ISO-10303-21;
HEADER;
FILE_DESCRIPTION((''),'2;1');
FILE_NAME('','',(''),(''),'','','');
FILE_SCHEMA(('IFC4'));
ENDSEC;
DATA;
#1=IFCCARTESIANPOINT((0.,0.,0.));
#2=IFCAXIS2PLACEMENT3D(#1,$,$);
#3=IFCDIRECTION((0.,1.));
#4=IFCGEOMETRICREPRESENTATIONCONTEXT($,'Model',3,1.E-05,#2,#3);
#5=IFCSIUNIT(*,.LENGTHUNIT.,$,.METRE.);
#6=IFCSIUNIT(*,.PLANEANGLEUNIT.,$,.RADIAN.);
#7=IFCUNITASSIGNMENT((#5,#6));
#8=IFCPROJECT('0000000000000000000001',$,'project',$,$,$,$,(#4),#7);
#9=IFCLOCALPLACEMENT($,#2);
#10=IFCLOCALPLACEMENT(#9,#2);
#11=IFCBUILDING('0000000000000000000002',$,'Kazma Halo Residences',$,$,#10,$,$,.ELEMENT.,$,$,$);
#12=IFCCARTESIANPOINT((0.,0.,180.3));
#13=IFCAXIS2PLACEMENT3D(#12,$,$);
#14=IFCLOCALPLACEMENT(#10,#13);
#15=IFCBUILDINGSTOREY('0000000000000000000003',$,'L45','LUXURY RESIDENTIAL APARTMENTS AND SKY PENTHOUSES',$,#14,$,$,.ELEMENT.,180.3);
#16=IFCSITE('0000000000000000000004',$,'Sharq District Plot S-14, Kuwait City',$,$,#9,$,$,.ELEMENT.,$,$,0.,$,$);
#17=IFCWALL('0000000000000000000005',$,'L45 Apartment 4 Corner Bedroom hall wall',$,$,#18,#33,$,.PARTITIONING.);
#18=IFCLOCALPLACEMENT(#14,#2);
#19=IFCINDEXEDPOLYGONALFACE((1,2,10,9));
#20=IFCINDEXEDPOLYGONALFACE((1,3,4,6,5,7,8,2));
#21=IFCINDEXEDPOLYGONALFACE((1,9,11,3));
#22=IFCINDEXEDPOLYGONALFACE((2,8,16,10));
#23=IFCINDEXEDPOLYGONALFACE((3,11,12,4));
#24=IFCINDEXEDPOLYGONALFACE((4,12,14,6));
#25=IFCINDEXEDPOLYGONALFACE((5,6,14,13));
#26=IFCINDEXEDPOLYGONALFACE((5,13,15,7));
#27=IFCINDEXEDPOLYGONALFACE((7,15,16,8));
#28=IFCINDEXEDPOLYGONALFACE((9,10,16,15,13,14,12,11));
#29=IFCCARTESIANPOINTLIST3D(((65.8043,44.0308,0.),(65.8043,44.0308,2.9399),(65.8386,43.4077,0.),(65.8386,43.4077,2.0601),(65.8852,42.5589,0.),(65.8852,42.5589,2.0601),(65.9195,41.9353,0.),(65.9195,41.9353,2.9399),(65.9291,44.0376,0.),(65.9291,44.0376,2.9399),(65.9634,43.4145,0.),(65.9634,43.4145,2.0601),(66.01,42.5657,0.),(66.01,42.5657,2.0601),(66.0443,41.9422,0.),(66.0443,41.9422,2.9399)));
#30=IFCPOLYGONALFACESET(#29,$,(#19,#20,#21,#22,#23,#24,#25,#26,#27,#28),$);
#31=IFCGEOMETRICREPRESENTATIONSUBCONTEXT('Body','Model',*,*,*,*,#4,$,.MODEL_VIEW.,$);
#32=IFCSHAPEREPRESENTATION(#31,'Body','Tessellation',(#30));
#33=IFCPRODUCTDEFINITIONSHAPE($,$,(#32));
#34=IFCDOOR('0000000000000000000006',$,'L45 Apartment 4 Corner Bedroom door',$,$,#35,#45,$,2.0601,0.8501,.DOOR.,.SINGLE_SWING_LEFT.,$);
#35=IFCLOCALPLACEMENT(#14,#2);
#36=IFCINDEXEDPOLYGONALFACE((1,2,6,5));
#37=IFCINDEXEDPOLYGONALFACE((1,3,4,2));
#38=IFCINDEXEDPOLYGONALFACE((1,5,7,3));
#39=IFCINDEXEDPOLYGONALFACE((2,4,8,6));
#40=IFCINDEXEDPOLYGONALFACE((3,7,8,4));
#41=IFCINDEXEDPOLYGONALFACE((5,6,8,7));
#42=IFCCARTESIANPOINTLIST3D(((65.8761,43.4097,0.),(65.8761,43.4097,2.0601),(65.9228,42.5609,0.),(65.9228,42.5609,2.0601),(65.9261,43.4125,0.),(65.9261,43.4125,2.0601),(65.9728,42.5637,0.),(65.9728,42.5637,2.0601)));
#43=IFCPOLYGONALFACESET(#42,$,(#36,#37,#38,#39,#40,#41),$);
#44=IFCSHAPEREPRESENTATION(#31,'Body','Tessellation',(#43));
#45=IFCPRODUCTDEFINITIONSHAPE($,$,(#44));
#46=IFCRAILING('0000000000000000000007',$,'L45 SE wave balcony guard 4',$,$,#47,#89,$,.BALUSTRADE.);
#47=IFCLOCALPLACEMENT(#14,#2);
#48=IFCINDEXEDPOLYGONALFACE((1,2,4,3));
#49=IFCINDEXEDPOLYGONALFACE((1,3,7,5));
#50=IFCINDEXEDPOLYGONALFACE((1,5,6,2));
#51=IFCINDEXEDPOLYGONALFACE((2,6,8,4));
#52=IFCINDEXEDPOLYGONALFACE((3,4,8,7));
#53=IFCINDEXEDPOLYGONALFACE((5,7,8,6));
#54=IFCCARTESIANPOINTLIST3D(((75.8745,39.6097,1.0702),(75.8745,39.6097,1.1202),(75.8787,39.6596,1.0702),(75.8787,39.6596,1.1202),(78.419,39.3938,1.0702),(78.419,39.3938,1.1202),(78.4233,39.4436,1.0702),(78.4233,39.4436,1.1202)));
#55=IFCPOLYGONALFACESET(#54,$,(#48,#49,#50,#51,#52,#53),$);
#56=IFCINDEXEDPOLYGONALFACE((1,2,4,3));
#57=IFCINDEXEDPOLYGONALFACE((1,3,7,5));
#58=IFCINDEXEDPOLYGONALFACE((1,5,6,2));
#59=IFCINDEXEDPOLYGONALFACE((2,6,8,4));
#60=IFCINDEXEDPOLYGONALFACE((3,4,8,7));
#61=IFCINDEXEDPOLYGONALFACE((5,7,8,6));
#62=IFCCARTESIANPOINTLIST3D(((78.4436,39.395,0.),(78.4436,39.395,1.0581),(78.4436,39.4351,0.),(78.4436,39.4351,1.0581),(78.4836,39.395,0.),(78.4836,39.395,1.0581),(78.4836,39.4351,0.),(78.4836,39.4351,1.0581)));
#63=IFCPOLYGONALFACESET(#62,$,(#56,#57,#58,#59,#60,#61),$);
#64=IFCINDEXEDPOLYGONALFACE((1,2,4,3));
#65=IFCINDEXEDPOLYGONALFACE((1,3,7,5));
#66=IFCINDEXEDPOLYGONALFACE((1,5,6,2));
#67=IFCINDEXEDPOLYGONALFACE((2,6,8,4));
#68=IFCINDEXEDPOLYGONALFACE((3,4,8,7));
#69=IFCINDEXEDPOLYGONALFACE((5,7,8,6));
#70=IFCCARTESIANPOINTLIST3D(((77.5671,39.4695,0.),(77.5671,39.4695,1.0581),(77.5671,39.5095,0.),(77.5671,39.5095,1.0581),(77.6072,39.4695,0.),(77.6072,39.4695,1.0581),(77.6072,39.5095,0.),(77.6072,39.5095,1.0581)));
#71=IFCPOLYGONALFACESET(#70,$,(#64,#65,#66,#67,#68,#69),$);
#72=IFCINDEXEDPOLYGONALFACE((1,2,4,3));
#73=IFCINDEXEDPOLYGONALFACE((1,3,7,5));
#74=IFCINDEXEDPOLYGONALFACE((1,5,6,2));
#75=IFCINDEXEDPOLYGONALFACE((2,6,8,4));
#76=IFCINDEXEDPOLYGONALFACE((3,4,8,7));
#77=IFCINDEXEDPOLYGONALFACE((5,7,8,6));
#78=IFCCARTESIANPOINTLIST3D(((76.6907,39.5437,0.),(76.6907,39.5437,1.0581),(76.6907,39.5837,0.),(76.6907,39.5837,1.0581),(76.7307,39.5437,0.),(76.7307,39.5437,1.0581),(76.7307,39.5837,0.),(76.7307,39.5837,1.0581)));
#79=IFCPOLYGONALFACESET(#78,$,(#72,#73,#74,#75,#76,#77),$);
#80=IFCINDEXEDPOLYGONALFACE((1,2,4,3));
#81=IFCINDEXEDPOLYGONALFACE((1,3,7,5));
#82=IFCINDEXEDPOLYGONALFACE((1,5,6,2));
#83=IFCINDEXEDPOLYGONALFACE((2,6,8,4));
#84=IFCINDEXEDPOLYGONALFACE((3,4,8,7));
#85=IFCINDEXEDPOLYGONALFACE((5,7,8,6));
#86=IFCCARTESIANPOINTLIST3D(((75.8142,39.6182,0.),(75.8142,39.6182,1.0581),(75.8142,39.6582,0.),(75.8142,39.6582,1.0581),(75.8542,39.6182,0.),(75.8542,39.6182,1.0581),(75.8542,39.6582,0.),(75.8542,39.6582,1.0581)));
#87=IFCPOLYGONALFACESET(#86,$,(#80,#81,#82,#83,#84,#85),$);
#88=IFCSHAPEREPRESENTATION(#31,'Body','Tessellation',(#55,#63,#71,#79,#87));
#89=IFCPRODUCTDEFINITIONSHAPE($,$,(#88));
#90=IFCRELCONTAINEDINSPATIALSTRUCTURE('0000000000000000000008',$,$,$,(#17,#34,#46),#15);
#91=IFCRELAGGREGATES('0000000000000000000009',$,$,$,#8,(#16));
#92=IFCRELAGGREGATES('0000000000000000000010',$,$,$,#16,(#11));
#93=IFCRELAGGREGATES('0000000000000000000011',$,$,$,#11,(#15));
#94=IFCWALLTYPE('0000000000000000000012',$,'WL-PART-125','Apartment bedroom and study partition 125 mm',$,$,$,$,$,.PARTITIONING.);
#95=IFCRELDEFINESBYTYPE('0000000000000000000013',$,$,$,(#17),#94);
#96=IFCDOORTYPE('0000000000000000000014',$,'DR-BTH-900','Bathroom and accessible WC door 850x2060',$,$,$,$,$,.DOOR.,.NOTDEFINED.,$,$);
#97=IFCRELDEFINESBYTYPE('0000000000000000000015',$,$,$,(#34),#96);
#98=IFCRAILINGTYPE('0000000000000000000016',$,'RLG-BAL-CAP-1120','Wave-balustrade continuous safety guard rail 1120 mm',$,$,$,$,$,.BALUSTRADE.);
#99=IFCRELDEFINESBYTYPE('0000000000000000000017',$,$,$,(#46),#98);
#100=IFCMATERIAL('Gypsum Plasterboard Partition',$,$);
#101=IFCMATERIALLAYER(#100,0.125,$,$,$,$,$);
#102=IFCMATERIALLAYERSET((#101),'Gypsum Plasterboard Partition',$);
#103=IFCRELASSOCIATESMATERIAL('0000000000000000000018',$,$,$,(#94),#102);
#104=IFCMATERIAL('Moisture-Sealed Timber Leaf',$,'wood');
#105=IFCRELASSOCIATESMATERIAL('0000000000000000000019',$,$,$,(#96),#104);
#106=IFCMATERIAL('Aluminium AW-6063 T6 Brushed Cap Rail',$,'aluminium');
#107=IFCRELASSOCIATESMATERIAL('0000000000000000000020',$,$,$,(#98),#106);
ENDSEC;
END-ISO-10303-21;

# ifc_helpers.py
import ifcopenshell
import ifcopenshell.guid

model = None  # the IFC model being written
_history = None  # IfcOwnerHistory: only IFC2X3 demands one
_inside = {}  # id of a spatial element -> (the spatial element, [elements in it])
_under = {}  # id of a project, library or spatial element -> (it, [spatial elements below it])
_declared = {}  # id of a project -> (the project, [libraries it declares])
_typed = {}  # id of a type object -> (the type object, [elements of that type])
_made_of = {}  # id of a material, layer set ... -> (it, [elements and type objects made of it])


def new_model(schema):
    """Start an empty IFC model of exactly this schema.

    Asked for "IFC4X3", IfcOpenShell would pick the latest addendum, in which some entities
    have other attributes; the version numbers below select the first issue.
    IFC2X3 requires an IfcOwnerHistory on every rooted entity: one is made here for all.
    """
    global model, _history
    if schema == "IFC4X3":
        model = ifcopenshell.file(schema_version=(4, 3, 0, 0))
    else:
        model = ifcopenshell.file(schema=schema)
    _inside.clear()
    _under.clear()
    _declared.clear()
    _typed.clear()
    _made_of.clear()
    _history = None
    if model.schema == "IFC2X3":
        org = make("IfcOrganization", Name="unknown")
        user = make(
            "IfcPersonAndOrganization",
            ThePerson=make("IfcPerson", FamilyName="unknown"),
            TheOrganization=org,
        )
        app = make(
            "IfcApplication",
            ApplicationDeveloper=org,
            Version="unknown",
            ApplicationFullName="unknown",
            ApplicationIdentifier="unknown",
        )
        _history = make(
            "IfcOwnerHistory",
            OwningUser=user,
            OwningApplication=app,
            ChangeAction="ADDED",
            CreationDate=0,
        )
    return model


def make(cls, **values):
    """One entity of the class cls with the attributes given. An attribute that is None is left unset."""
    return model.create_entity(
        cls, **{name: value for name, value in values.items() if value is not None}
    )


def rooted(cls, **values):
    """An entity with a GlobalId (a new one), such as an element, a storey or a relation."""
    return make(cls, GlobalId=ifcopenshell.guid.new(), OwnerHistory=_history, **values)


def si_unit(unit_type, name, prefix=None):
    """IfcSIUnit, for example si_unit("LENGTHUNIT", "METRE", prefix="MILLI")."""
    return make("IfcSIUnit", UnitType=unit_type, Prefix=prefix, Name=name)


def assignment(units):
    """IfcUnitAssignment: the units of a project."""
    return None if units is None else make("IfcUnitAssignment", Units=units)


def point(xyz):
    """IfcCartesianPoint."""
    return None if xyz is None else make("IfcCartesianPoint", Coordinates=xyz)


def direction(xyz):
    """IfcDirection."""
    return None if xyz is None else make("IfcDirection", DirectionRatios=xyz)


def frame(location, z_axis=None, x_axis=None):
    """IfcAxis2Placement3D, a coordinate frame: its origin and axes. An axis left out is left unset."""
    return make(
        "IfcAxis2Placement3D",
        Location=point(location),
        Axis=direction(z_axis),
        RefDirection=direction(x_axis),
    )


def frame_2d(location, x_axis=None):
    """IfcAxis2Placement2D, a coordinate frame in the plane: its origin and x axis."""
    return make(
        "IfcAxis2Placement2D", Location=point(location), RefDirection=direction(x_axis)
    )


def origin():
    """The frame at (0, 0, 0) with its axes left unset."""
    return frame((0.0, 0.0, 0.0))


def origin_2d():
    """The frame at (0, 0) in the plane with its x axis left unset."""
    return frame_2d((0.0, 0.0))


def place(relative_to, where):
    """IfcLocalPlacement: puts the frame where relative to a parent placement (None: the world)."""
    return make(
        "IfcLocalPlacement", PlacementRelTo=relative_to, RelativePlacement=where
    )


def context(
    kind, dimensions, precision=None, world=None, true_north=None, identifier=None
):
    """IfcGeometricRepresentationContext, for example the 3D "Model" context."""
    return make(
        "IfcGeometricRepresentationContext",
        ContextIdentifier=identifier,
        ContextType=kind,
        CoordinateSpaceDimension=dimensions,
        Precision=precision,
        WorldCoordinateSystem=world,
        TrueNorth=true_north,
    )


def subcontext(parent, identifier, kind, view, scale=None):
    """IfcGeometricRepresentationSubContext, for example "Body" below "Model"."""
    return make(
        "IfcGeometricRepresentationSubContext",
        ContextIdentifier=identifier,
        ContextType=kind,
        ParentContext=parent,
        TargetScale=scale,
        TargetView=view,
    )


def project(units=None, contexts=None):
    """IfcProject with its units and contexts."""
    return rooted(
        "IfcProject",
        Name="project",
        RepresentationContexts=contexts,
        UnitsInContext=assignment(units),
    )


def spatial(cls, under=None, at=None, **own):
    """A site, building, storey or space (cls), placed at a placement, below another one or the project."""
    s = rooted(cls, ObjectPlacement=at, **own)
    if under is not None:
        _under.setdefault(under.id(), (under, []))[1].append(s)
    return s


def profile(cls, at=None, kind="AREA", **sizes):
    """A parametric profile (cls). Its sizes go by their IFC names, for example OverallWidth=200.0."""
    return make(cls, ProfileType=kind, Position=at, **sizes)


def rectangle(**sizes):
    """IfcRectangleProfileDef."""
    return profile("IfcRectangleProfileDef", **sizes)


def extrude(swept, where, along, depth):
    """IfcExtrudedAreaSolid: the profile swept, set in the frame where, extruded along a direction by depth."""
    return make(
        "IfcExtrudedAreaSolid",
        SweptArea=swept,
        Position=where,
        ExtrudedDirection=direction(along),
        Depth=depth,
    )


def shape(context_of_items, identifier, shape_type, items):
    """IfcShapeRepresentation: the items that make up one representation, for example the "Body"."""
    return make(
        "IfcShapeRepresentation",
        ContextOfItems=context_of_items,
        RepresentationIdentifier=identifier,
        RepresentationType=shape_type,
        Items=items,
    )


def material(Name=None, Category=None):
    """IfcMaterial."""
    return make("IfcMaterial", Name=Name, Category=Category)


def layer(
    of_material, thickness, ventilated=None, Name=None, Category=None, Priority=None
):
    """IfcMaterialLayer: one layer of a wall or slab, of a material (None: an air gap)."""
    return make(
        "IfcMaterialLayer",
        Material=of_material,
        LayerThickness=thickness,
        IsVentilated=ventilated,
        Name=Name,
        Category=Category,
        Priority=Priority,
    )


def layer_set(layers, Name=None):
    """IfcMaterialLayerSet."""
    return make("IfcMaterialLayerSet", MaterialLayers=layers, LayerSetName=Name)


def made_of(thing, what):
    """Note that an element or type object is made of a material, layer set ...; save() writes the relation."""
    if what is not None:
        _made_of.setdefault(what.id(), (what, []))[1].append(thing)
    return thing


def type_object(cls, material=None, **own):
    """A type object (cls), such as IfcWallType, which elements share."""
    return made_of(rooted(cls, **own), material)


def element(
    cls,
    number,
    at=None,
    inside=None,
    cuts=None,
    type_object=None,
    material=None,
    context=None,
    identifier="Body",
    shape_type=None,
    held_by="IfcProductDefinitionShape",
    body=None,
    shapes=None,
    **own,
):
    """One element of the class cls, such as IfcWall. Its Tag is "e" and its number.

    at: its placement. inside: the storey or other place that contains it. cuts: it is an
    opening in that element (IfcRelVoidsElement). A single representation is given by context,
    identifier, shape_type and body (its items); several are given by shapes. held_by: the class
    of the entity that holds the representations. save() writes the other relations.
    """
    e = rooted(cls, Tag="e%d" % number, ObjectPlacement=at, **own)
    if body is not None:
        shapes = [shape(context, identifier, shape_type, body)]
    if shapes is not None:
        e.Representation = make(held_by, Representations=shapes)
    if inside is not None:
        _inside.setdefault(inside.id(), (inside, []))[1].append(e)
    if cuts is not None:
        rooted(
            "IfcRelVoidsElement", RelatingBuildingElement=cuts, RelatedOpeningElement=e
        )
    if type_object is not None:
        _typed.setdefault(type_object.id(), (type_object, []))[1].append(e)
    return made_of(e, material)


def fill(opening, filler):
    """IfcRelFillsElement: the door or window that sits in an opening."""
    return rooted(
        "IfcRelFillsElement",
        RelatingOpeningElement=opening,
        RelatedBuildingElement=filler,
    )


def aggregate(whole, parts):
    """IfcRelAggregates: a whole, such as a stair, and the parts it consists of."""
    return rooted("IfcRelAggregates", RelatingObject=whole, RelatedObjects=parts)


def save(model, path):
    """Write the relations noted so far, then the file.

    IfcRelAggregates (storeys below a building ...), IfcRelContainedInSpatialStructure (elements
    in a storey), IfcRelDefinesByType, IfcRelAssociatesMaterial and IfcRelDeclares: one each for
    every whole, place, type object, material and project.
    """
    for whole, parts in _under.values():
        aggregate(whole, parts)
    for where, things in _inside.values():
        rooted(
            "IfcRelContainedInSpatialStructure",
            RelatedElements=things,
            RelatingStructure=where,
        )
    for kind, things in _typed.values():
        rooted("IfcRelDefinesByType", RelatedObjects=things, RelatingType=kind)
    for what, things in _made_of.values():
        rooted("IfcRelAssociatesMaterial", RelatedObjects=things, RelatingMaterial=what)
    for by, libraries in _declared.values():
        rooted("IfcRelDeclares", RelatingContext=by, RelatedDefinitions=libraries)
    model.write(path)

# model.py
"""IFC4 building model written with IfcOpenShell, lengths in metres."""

from ifc_helpers import new_model, si_unit, direction, frame, frame_2d, origin, origin_2d, place, context, subcontext, project, spatial, rectangle, extrude, material, layer, layer_set, type_object, element, fill, save


model = new_model("IFC4")

# Units and contexts
model_context = context("Model", 3, precision=1e-05, world=origin(), true_north=direction((0.0, 1.0)))
body_context = subcontext(model_context, "Body", "Model", "MODEL_VIEW")
ifc_project = project(units=[si_unit("LENGTHUNIT", "METRE"), si_unit("PLANEANGLEUNIT", "RADIAN")], contexts=[model_context])

# Site, building, storey
site_placement = place(None, origin())
site = spatial("IfcSite", under=ifc_project, at=site_placement, Name="Sharq District Plot S-14, Kuwait City", CompositionType="ELEMENT", RefElevation=0.0)
building_placement = place(site_placement, origin())
building = spatial("IfcBuilding", under=site, at=building_placement, Name="Kazma Halo Residences", CompositionType="ELEMENT")
storey_placement = place(building_placement, frame((0.0, 0.0, 180.3)))
storey = spatial("IfcBuildingStorey", under=building, at=storey_placement, Name="L45", Description="LUXURY RESIDENTIAL APARTMENTS AND SKY PENTHOUSES", CompositionType="ELEMENT", Elevation=180.3)

# Shared definitions
ifc_material_1 = material(Name="Gypsum Plasterboard Partition")
ifc_layer_1 = layer(ifc_material_1, 0.125)
ifc_layer_set_1 = layer_set([ifc_layer_1], Name="Gypsum Plasterboard Partition")
wall_type_1 = type_object("IfcWallType", Name="WL-PART-125", Description="Apartment bedroom and study partition 125 mm", PredefinedType="PARTITIONING", material=ifc_layer_set_1)

# Wall, opening, door
ifc_material_2 = material(Name="Moisture-Sealed Timber Leaf", Category="wood")
door_type = type_object("IfcDoorType", Name="DR-BTH-900", Description="Bathroom and accessible WC door 850x2060", OperationType="NOTDEFINED", PredefinedType="DOOR", material=ifc_material_2)
wall_1_placement = place(storey_placement, frame((65.9819, 41.9387, 0.0), z_axis=(0.0, 0.0, 1.0), x_axis=(-0.054909, 0.998491, 0.0)))
wall_1 = element("IfcWall", 1, at=wall_1_placement, inside=storey, type_object=wall_type_1, Name="L45 Apartment 4 Corner Bedroom hall wall", PredefinedType="PARTITIONING", context=body_context, shape_type="SweptSolid", body=[
    extrude(rectangle(XDim=2.0986, YDim=0.125, at=frame_2d((1.0493, 0.0))), origin(), (0.0, 0.0, 1.0), 2.9399),
])
opening_1_placement = place(wall_1_placement, frame((0.6245, 0.0, 0.0)))
opening_1 = element("IfcOpeningElement", 2, at=opening_1_placement, cuts=wall_1, PredefinedType="OPENING", context=body_context, shape_type="SweptSolid", body=[
    extrude(rectangle(XDim=0.8501, YDim=2.0601, at=frame_2d((0.425, 1.03))), frame((0.0, 0.0725, 0.0), z_axis=(0.0, -1.0, 0.0), x_axis=(1.0, 0.0, 0.0)), (0.0, 0.0, 1.0), 0.145),
])
door_1_placement = place(opening_1_placement, origin())
door_1 = element("IfcDoor", 3, at=door_1_placement, inside=storey, type_object=door_type, Name="L45 Apartment 4 Corner Bedroom door", OperationType="SINGLE_SWING_LEFT", OverallHeight=2.0601, OverallWidth=0.8501, PredefinedType="DOOR", context=body_context, shape_type="SweptSolid", body=[
    extrude(rectangle(XDim=0.8501, YDim=2.0601, at=frame_2d((0.425, 1.03))), frame((0.0, 0.0249, 0.0), z_axis=(0.0, -1.0, 0.0), x_axis=(1.0, 0.0, 0.0)), (0.0, 0.0, 1.0), 0.05),
])
fill(opening_1, door_1)

# Railing
ifc_material_3 = material(Name="Aluminium AW-6063 T6 Brushed Cap Rail", Category="aluminium")
railing_type = type_object("IfcRailingType", Name="RLG-BAL-CAP-1120", Description="Wave-balustrade continuous safety guard rail 1120 mm", PredefinedType="BALUSTRADE", material=ifc_material_3)
railing_placement = place(storey_placement, frame((78.4636, 39.415, 0.0)))
element("IfcRailing", 4, at=railing_placement, inside=storey, type_object=railing_type, Name="L45 SE wave balcony guard 4", PredefinedType="BALUSTRADE", context=body_context, shape_type="SweptSolid", body=[
    extrude(rectangle(XDim=0.05, YDim=0.05, at=origin_2d()), frame((-0.0425, 0.0037, 1.0952), z_axis=(-0.996418, 0.084561, 0.0), x_axis=(-0.084561, -0.996418, 0.0)), (0.0, 0.0, 1.0), 2.5537),
    extrude(rectangle(XDim=0.04, YDim=0.04, at=origin_2d()), origin(), (0.0, 0.0, 1.0), 1.0581),
    extrude(rectangle(XDim=0.04, YDim=0.04, at=origin_2d()), frame((-0.8765, 0.0745, 0.0)), (0.0, 0.0, 1.0), 1.0581),
    extrude(rectangle(XDim=0.04, YDim=0.04, at=origin_2d()), frame((-1.7529, 0.1487, 0.0)), (0.0, 0.0, 1.0), 1.0581),
    extrude(rectangle(XDim=0.04, YDim=0.04, at=origin_2d()), frame((-2.6294, 0.2231, 0.0)), (0.0, 0.0, 1.0), 1.0581),
])

save(model, "model.ifc")
